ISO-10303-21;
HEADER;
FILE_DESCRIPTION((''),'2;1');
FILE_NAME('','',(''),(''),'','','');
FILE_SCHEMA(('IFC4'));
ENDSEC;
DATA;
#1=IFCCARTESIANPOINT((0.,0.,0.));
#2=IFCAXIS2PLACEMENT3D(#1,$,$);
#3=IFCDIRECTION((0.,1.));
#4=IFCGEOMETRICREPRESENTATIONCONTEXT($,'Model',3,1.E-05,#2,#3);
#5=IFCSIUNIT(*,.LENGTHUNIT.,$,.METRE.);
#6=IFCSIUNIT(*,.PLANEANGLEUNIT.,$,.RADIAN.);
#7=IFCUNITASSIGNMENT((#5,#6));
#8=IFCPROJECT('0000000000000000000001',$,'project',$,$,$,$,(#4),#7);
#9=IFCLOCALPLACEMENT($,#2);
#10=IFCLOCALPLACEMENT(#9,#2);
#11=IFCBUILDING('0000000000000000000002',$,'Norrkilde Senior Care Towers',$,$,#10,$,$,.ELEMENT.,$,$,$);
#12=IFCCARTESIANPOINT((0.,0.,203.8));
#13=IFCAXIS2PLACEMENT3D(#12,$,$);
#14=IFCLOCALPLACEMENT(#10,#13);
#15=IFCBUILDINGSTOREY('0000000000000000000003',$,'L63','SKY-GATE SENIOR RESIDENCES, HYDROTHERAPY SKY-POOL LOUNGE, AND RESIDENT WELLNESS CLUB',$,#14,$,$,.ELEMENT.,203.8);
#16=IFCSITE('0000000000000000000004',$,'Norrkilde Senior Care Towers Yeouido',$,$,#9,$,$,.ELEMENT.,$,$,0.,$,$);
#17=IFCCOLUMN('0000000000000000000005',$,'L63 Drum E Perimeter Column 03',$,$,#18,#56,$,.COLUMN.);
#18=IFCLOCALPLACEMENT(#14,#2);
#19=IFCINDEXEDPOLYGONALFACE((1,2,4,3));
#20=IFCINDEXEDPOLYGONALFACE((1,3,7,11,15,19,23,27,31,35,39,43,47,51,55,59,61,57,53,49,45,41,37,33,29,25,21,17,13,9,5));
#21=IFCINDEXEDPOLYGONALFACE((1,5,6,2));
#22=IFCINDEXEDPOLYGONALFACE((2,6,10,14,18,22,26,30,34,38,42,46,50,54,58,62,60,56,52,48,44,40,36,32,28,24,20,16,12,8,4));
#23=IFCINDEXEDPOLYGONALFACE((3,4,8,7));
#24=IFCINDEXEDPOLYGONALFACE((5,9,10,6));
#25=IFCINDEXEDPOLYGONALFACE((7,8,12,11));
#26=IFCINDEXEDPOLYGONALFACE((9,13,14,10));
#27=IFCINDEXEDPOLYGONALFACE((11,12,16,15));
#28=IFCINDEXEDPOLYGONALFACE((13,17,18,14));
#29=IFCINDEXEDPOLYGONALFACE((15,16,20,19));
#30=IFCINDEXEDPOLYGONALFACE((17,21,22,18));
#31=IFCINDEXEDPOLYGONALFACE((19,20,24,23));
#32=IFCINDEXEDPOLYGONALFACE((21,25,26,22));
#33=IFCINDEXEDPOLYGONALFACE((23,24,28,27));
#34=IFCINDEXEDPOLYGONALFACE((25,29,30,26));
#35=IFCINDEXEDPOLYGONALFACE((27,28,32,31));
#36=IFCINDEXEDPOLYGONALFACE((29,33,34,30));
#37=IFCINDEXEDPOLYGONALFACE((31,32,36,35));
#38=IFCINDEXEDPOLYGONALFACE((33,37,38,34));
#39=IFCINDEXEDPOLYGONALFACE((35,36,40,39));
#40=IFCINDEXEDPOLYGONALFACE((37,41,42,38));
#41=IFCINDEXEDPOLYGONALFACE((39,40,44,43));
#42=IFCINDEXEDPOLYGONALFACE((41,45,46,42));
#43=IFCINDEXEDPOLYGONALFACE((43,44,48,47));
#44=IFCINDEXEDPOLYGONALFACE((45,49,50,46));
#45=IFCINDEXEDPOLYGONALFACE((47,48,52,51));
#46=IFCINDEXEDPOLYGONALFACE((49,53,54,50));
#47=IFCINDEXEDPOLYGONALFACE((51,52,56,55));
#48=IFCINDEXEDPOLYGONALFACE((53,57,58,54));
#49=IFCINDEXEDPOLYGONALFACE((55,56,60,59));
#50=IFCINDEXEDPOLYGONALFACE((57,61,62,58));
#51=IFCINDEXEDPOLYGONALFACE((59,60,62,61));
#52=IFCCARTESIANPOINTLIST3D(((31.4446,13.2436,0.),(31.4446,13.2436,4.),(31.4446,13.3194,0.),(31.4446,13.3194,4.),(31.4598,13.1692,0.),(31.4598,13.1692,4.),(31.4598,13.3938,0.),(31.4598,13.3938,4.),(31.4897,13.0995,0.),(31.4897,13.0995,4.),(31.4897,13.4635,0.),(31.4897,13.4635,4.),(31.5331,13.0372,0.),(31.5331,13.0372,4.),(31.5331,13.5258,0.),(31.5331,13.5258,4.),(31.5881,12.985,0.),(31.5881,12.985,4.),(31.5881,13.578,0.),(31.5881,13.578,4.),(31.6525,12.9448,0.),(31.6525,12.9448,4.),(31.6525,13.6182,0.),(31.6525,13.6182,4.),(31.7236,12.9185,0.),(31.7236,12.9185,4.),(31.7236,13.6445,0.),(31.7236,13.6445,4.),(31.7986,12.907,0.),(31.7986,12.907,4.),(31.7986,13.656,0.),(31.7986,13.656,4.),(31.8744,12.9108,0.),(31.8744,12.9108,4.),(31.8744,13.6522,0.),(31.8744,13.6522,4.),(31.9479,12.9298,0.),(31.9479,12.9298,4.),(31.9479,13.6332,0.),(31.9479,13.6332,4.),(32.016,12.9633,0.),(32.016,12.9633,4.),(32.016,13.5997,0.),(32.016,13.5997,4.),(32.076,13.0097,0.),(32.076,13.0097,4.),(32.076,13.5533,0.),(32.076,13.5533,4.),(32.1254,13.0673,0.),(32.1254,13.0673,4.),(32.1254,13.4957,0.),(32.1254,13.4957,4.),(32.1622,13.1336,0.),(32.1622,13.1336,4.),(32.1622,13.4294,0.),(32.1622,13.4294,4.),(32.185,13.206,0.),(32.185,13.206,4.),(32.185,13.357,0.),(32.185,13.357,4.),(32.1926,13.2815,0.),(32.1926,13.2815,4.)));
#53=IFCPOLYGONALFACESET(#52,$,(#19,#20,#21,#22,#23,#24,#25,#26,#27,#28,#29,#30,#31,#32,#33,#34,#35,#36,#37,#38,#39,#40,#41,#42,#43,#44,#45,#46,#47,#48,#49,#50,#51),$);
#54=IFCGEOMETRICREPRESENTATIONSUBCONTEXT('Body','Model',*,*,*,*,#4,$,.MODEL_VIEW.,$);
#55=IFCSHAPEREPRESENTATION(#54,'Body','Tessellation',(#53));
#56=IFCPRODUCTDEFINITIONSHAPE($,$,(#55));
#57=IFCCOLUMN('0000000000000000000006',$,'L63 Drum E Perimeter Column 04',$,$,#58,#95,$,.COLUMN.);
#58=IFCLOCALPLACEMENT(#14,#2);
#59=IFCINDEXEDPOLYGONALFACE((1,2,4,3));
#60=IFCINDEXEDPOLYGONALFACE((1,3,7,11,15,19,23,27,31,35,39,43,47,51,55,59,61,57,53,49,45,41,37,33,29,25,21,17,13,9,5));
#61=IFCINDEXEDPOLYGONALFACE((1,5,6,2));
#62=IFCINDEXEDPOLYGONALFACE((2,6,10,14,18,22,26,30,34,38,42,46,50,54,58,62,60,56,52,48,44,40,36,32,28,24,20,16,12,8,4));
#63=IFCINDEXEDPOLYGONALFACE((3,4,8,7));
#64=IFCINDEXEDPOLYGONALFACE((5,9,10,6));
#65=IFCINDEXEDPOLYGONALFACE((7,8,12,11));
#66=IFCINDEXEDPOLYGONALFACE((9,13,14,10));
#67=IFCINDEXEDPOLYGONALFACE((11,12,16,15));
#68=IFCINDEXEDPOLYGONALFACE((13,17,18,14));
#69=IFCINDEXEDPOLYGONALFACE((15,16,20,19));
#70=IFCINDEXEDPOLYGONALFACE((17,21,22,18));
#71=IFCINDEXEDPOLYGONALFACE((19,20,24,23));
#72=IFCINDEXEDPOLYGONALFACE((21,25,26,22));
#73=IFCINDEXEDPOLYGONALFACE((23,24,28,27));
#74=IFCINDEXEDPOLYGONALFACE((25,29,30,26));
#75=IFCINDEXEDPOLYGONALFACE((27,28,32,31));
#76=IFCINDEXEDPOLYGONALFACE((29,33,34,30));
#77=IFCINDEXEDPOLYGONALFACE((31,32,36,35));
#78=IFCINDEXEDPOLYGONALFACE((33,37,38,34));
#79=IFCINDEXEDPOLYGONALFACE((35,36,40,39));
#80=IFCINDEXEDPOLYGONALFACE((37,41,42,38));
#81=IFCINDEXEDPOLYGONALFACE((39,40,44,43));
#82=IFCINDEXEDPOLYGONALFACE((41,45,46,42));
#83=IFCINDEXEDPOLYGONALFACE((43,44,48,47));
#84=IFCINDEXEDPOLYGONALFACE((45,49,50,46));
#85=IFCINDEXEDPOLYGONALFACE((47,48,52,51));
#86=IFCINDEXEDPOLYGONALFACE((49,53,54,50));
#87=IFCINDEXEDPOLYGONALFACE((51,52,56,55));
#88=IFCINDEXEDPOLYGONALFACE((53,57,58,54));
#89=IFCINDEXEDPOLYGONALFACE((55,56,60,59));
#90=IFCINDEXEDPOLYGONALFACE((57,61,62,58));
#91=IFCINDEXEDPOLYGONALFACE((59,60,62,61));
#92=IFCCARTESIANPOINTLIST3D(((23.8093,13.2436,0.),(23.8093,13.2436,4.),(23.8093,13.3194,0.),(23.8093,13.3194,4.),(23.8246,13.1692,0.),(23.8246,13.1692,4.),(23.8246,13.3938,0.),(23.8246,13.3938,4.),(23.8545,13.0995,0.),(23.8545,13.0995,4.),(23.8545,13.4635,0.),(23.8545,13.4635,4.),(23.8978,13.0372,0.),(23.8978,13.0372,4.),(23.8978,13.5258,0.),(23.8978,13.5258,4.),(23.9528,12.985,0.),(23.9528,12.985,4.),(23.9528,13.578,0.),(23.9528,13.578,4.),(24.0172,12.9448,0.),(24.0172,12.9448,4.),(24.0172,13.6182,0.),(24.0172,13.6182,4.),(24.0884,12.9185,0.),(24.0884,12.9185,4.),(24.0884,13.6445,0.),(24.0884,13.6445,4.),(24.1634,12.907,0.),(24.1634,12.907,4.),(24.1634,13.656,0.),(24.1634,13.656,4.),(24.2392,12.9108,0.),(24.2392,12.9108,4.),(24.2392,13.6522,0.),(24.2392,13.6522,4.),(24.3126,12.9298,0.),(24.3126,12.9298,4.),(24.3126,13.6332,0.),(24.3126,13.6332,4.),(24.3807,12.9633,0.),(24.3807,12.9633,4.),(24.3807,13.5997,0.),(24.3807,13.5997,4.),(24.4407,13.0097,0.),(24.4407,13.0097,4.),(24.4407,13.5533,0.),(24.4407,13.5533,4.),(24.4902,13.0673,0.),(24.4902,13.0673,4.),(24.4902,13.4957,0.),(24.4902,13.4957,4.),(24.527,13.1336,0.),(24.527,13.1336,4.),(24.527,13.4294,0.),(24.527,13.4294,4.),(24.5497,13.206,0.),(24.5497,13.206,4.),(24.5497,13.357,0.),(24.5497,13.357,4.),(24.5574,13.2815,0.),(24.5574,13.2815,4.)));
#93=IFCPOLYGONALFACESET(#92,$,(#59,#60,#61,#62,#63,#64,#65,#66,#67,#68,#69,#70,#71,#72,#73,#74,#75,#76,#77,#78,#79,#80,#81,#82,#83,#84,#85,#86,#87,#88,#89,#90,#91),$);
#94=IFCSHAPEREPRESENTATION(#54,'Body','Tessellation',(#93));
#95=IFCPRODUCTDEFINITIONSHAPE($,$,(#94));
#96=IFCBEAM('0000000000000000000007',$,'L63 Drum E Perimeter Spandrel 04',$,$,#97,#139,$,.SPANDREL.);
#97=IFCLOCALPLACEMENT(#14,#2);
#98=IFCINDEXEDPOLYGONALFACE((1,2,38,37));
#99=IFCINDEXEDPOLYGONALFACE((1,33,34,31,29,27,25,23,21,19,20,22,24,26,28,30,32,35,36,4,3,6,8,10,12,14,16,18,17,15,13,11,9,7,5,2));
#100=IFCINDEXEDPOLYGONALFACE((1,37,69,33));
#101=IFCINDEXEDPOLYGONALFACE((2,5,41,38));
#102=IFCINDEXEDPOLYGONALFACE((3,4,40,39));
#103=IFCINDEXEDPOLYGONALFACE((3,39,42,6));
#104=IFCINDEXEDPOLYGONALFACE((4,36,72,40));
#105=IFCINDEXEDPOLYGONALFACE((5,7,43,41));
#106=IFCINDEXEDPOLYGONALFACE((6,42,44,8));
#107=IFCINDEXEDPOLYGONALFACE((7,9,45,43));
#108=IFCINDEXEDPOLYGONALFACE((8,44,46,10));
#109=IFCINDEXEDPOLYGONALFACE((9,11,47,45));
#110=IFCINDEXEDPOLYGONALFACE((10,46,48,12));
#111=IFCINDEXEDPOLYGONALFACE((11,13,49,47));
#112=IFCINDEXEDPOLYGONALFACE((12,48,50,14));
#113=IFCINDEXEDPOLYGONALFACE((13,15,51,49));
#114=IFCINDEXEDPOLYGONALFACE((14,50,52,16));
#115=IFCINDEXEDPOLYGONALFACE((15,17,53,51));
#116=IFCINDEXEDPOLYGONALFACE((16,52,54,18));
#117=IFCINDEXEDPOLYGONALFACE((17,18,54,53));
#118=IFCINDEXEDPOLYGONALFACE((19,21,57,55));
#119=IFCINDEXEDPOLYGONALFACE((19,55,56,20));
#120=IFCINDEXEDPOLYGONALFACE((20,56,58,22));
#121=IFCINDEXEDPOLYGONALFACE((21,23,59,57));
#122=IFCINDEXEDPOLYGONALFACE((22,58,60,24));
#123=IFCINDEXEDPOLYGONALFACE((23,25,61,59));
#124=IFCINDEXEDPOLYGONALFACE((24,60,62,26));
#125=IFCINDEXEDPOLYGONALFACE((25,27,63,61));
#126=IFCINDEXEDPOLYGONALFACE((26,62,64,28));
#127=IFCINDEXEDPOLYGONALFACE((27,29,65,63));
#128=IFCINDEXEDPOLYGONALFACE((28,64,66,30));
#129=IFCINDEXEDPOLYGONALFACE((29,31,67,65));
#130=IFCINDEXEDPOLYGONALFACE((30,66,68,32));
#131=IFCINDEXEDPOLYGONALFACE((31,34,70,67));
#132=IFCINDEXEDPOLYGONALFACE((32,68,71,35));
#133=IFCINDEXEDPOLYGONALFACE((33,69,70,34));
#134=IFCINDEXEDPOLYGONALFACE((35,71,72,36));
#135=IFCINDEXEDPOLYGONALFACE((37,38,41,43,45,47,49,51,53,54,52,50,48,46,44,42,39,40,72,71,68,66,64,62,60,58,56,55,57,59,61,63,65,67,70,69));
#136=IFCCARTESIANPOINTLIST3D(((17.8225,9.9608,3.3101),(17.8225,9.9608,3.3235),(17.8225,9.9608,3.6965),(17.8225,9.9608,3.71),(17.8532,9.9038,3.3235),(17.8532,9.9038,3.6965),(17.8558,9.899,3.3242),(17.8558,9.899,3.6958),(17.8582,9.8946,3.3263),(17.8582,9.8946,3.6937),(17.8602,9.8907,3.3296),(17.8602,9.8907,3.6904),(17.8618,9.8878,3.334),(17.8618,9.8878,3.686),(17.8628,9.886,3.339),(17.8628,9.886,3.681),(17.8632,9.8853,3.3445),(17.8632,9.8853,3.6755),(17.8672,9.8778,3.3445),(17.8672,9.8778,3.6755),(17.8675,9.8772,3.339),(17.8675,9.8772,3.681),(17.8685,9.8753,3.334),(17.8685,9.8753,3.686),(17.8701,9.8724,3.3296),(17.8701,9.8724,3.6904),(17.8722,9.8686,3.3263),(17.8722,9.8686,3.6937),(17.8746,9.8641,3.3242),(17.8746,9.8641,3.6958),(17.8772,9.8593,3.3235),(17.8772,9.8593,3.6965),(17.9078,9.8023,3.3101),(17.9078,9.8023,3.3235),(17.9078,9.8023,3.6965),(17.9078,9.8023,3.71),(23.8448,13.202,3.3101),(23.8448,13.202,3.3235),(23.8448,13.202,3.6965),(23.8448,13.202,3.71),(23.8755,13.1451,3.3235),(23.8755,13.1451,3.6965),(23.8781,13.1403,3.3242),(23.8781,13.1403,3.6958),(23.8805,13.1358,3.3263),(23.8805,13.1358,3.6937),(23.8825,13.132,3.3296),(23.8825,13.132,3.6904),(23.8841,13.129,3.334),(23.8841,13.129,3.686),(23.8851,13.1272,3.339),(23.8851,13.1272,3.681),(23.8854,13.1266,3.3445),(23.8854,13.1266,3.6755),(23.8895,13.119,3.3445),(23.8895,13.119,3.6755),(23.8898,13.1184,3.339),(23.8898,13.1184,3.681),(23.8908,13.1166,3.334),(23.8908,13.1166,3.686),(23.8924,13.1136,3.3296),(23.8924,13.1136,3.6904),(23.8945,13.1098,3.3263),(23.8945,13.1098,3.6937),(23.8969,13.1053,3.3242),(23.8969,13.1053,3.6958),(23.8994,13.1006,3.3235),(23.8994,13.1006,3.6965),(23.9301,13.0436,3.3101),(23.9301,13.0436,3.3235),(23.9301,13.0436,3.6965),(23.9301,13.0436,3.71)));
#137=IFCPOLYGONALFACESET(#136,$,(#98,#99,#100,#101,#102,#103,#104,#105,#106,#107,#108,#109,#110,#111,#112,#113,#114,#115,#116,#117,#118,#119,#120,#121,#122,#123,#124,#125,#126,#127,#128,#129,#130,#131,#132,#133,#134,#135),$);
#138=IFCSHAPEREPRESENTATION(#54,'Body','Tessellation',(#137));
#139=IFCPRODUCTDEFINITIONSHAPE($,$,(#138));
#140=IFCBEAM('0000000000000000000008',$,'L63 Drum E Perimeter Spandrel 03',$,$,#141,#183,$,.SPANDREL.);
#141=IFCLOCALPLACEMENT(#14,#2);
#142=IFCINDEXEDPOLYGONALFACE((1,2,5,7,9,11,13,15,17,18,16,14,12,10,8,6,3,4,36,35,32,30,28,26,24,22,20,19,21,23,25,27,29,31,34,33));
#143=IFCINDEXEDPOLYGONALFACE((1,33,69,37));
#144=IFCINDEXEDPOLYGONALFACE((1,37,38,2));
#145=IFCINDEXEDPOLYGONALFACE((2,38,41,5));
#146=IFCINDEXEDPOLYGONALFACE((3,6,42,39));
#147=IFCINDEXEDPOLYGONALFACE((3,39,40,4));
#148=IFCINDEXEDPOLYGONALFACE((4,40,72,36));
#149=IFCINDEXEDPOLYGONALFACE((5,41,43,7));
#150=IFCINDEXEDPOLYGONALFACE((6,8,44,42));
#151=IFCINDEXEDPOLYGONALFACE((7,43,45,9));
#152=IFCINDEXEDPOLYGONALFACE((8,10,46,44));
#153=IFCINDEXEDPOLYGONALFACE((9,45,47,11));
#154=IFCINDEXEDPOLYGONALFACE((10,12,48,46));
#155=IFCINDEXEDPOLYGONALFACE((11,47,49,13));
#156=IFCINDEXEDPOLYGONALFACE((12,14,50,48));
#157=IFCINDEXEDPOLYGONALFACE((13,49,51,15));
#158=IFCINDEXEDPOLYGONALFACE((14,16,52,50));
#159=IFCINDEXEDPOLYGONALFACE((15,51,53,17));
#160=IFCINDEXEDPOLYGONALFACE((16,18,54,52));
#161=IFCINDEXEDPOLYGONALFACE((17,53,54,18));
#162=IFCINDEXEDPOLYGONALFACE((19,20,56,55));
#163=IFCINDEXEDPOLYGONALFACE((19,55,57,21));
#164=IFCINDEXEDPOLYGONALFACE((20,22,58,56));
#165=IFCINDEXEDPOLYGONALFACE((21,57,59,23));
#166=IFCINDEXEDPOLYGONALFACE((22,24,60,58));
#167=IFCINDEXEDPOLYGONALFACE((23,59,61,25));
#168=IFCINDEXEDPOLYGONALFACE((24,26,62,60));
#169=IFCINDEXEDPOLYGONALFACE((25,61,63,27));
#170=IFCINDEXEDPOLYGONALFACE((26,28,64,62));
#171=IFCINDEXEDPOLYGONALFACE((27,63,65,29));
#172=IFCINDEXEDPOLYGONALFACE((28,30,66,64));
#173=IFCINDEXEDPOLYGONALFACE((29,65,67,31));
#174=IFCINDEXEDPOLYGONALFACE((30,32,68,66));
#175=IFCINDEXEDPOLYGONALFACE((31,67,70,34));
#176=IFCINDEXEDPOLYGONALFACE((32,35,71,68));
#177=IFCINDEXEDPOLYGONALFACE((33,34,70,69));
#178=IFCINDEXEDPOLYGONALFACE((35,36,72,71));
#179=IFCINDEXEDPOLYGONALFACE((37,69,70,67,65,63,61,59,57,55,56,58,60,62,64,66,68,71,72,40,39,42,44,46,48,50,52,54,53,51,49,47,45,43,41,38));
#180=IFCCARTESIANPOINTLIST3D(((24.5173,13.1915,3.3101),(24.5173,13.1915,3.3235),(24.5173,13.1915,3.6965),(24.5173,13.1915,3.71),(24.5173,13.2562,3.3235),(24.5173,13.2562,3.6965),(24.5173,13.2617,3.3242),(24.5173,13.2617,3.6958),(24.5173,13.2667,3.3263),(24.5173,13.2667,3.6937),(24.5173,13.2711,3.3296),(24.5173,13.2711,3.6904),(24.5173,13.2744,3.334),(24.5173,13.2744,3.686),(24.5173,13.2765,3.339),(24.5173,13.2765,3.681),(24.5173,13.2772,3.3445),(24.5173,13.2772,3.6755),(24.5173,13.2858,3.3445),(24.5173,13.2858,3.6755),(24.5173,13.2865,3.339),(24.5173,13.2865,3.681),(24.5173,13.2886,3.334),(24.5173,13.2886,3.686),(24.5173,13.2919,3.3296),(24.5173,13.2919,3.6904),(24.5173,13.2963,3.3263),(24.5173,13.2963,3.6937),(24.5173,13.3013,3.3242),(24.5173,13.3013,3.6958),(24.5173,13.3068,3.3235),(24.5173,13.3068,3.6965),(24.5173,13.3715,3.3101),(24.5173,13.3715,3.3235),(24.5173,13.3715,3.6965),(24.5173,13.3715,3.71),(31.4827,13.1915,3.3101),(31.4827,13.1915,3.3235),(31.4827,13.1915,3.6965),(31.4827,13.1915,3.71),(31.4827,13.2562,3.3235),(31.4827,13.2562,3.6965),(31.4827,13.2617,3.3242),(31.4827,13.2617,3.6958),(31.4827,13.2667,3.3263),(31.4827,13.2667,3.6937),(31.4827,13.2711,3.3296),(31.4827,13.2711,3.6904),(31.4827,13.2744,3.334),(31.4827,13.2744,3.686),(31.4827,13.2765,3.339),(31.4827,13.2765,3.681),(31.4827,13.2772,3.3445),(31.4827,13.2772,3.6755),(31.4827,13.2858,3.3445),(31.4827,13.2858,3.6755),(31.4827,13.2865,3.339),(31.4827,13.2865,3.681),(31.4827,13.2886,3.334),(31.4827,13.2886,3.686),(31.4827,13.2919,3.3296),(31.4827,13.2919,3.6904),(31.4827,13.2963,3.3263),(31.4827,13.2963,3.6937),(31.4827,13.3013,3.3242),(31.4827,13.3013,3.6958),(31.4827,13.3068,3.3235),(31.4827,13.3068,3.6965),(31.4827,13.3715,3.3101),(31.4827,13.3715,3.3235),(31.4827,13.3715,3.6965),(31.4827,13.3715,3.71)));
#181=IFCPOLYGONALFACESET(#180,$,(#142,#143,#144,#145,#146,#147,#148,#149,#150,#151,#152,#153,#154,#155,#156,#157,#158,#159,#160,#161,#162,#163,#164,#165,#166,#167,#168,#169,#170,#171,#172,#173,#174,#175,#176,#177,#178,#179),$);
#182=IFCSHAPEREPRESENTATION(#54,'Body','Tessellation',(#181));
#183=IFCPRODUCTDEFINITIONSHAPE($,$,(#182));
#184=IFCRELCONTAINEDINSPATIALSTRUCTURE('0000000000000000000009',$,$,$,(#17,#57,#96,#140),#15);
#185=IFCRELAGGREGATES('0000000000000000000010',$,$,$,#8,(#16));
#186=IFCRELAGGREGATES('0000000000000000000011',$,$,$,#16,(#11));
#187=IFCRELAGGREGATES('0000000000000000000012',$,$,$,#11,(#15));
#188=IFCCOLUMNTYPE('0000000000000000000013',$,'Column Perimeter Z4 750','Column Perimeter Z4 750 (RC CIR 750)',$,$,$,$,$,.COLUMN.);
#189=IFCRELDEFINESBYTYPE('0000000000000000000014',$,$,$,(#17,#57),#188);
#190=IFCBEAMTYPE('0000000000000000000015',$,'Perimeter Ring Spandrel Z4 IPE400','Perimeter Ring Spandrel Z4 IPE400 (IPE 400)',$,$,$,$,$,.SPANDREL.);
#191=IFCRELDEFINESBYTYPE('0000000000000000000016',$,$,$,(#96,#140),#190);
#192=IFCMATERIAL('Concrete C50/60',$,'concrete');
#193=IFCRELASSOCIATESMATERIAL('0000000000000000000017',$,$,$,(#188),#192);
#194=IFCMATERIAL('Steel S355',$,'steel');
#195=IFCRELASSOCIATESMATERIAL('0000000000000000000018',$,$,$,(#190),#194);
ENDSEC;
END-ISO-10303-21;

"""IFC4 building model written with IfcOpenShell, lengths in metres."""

from ifc_helpers import new_model, si_unit, direction, frame, origin, origin_2d, place, context, subcontext, project, spatial, circle, i_section, extrude, source, transform, mapped, material, material_profile, profile_set, type_object, type_shapes, element, save


model = new_model("IFC4")

# Units and contexts
model_context = context("Model", 3, precision=1e-05, world=origin(), true_north=direction((0.0, 1.0)))
body_context = subcontext(model_context, "Body", "Model", "MODEL_VIEW")
ifc_project = project(units=[si_unit("LENGTHUNIT", "METRE"), si_unit("PLANEANGLEUNIT", "RADIAN")], contexts=[model_context])

# Site, building, storey
site_placement = place(None, origin())
site = spatial("IfcSite", under=ifc_project, at=site_placement, Name="Norrkilde Senior Care Towers Yeouido", CompositionType="ELEMENT", RefElevation=0.0)
building_placement = place(site_placement, origin())
building = spatial("IfcBuilding", under=site, at=building_placement, Name="Norrkilde Senior Care Towers", CompositionType="ELEMENT")
storey_placement = place(building_placement, frame((0.0, 0.0, 203.8)))
storey = spatial("IfcBuildingStorey", under=building, at=storey_placement, Name="L63", Description="SKY-GATE SENIOR RESIDENCES, HYDROTHERAPY SKY-POOL LOUNGE, AND RESIDENT WELLNESS CLUB", CompositionType="ELEMENT", Elevation=203.8)

# Columns
ifc_material_1 = material(Name="Concrete C50/60", Category="concrete")
ifc_material_profile_1 = material_profile(ifc_material_1, circle(Radius=0.375, at=origin_2d()), Name="RC CIR 750")
ifc_profile_set_1 = profile_set([ifc_material_profile_1], Name="Concrete C50/60")
column_type = type_object("IfcColumnType", Name="Column Perimeter Z4 750", Description="Column Perimeter Z4 750 (RC CIR 750)", PredefinedType="COLUMN", material=ifc_profile_set_1)
shared_shape_1 = source(origin(), body_context, "Body", "SweptSolid", [
    extrude(circle(Radius=0.375, at=origin_2d()), origin(), (0.0, 0.0, 1.0), 4.0),
])
type_shapes(column_type, [shared_shape_1])
for number, where, z_axis, x_axis, name in (
    (1, (31.8176, 13.2815, 0.0), (0.0, 0.0, 1.0), (1.0, 0.0, 0.0), "L63 Drum E Perimeter Column 03"),
    (2, (24.1824, 13.2815, 0.0), (0.0, 0.0, 1.0), (1.0, 0.0, 0.0), "L63 Drum E Perimeter Column 04"),
):
    element("IfcColumn", number, at=place(storey_placement, frame(where, z_axis=z_axis, x_axis=x_axis)), inside=storey, type_object=column_type, Name=name, PredefinedType="COLUMN", context=body_context, shape_type="MappedRepresentation", body=[
        mapped(shared_shape_1, transform((0.0, 0.0, 0.0), x_axis=(1.0, 0.0, 0.0), y_axis=(0.0, 1.0, 0.0), z_axis=(0.0, 0.0, 1.0), scale=1.0)),
    ])

# Beams
ifc_material_2 = material(Name="Steel S355", Category="steel")
ifc_material_profile_2 = material_profile(ifc_material_2, i_section(OverallWidth=0.1799, OverallDepth=0.3999, WebThickness=0.0085, FlangeThickness=0.0134, FilletRadius=0.021, at=origin_2d()), Name="IPE 400")
ifc_profile_set_2 = profile_set([ifc_material_profile_2], Name="Steel S355")
beam_type_1 = type_object("IfcBeamType", Name="Perimeter Ring Spandrel Z4 IPE400", Description="Perimeter Ring Spandrel Z4 IPE400 (IPE 400)", PredefinedType="SPANDREL", material=ifc_profile_set_2)
shared_shape_2 = source(origin(), body_context, "Body", "SweptSolid", [
    extrude(i_section(OverallWidth=0.1799, OverallDepth=0.3999, WebThickness=0.0085, FlangeThickness=0.0134, FilletRadius=0.021, at=origin_2d()), origin(), (0.0, 0.0, 1.0), 6.8391),
])
beam_1_placement = place(storey_placement, frame((23.8875, 13.1228, 3.51), z_axis=(-0.880564, -0.473927, 0.0), x_axis=(0.473927, -0.880564, 0.0)))
element("IfcBeam", 3, at=beam_1_placement, inside=storey, type_object=beam_type_1, Name="L63 Drum E Perimeter Spandrel 04", PredefinedType="SPANDREL", context=body_context, shape_type="MappedRepresentation", body=[
    mapped(shared_shape_2, transform((0.0, 0.0, 0.0), x_axis=(1.0, 0.0, 0.0), y_axis=(0.0, 1.0, 0.0), z_axis=(0.0, 0.0, 1.0), scale=1.0)),
])
shared_shape_3 = source(origin(), body_context, "Body", "SweptSolid", [
    extrude(i_section(OverallWidth=0.1799, OverallDepth=0.3999, WebThickness=0.0085, FlangeThickness=0.0134, FilletRadius=0.021, at=origin_2d()), origin(), (0.0, 0.0, 1.0), 6.9653),
])
type_shapes(beam_type_1, [shared_shape_2, shared_shape_3])
beam_2_placement = place(storey_placement, frame((31.4827, 13.2815, 3.51), z_axis=(-1.0, 0.0, 0.0), x_axis=(0.0, -1.0, 0.0)))
element("IfcBeam", 4, at=beam_2_placement, inside=storey, type_object=beam_type_1, Name="L63 Drum E Perimeter Spandrel 03", PredefinedType="SPANDREL", context=body_context, shape_type="MappedRepresentation", body=[
    mapped(shared_shape_3, transform((0.0, 0.0, 0.0), x_axis=(1.0, 0.0, 0.0), y_axis=(0.0, 1.0, 0.0), z_axis=(0.0, 0.0, 1.0), scale=1.0)),
])

save(model, "model.ifc")
